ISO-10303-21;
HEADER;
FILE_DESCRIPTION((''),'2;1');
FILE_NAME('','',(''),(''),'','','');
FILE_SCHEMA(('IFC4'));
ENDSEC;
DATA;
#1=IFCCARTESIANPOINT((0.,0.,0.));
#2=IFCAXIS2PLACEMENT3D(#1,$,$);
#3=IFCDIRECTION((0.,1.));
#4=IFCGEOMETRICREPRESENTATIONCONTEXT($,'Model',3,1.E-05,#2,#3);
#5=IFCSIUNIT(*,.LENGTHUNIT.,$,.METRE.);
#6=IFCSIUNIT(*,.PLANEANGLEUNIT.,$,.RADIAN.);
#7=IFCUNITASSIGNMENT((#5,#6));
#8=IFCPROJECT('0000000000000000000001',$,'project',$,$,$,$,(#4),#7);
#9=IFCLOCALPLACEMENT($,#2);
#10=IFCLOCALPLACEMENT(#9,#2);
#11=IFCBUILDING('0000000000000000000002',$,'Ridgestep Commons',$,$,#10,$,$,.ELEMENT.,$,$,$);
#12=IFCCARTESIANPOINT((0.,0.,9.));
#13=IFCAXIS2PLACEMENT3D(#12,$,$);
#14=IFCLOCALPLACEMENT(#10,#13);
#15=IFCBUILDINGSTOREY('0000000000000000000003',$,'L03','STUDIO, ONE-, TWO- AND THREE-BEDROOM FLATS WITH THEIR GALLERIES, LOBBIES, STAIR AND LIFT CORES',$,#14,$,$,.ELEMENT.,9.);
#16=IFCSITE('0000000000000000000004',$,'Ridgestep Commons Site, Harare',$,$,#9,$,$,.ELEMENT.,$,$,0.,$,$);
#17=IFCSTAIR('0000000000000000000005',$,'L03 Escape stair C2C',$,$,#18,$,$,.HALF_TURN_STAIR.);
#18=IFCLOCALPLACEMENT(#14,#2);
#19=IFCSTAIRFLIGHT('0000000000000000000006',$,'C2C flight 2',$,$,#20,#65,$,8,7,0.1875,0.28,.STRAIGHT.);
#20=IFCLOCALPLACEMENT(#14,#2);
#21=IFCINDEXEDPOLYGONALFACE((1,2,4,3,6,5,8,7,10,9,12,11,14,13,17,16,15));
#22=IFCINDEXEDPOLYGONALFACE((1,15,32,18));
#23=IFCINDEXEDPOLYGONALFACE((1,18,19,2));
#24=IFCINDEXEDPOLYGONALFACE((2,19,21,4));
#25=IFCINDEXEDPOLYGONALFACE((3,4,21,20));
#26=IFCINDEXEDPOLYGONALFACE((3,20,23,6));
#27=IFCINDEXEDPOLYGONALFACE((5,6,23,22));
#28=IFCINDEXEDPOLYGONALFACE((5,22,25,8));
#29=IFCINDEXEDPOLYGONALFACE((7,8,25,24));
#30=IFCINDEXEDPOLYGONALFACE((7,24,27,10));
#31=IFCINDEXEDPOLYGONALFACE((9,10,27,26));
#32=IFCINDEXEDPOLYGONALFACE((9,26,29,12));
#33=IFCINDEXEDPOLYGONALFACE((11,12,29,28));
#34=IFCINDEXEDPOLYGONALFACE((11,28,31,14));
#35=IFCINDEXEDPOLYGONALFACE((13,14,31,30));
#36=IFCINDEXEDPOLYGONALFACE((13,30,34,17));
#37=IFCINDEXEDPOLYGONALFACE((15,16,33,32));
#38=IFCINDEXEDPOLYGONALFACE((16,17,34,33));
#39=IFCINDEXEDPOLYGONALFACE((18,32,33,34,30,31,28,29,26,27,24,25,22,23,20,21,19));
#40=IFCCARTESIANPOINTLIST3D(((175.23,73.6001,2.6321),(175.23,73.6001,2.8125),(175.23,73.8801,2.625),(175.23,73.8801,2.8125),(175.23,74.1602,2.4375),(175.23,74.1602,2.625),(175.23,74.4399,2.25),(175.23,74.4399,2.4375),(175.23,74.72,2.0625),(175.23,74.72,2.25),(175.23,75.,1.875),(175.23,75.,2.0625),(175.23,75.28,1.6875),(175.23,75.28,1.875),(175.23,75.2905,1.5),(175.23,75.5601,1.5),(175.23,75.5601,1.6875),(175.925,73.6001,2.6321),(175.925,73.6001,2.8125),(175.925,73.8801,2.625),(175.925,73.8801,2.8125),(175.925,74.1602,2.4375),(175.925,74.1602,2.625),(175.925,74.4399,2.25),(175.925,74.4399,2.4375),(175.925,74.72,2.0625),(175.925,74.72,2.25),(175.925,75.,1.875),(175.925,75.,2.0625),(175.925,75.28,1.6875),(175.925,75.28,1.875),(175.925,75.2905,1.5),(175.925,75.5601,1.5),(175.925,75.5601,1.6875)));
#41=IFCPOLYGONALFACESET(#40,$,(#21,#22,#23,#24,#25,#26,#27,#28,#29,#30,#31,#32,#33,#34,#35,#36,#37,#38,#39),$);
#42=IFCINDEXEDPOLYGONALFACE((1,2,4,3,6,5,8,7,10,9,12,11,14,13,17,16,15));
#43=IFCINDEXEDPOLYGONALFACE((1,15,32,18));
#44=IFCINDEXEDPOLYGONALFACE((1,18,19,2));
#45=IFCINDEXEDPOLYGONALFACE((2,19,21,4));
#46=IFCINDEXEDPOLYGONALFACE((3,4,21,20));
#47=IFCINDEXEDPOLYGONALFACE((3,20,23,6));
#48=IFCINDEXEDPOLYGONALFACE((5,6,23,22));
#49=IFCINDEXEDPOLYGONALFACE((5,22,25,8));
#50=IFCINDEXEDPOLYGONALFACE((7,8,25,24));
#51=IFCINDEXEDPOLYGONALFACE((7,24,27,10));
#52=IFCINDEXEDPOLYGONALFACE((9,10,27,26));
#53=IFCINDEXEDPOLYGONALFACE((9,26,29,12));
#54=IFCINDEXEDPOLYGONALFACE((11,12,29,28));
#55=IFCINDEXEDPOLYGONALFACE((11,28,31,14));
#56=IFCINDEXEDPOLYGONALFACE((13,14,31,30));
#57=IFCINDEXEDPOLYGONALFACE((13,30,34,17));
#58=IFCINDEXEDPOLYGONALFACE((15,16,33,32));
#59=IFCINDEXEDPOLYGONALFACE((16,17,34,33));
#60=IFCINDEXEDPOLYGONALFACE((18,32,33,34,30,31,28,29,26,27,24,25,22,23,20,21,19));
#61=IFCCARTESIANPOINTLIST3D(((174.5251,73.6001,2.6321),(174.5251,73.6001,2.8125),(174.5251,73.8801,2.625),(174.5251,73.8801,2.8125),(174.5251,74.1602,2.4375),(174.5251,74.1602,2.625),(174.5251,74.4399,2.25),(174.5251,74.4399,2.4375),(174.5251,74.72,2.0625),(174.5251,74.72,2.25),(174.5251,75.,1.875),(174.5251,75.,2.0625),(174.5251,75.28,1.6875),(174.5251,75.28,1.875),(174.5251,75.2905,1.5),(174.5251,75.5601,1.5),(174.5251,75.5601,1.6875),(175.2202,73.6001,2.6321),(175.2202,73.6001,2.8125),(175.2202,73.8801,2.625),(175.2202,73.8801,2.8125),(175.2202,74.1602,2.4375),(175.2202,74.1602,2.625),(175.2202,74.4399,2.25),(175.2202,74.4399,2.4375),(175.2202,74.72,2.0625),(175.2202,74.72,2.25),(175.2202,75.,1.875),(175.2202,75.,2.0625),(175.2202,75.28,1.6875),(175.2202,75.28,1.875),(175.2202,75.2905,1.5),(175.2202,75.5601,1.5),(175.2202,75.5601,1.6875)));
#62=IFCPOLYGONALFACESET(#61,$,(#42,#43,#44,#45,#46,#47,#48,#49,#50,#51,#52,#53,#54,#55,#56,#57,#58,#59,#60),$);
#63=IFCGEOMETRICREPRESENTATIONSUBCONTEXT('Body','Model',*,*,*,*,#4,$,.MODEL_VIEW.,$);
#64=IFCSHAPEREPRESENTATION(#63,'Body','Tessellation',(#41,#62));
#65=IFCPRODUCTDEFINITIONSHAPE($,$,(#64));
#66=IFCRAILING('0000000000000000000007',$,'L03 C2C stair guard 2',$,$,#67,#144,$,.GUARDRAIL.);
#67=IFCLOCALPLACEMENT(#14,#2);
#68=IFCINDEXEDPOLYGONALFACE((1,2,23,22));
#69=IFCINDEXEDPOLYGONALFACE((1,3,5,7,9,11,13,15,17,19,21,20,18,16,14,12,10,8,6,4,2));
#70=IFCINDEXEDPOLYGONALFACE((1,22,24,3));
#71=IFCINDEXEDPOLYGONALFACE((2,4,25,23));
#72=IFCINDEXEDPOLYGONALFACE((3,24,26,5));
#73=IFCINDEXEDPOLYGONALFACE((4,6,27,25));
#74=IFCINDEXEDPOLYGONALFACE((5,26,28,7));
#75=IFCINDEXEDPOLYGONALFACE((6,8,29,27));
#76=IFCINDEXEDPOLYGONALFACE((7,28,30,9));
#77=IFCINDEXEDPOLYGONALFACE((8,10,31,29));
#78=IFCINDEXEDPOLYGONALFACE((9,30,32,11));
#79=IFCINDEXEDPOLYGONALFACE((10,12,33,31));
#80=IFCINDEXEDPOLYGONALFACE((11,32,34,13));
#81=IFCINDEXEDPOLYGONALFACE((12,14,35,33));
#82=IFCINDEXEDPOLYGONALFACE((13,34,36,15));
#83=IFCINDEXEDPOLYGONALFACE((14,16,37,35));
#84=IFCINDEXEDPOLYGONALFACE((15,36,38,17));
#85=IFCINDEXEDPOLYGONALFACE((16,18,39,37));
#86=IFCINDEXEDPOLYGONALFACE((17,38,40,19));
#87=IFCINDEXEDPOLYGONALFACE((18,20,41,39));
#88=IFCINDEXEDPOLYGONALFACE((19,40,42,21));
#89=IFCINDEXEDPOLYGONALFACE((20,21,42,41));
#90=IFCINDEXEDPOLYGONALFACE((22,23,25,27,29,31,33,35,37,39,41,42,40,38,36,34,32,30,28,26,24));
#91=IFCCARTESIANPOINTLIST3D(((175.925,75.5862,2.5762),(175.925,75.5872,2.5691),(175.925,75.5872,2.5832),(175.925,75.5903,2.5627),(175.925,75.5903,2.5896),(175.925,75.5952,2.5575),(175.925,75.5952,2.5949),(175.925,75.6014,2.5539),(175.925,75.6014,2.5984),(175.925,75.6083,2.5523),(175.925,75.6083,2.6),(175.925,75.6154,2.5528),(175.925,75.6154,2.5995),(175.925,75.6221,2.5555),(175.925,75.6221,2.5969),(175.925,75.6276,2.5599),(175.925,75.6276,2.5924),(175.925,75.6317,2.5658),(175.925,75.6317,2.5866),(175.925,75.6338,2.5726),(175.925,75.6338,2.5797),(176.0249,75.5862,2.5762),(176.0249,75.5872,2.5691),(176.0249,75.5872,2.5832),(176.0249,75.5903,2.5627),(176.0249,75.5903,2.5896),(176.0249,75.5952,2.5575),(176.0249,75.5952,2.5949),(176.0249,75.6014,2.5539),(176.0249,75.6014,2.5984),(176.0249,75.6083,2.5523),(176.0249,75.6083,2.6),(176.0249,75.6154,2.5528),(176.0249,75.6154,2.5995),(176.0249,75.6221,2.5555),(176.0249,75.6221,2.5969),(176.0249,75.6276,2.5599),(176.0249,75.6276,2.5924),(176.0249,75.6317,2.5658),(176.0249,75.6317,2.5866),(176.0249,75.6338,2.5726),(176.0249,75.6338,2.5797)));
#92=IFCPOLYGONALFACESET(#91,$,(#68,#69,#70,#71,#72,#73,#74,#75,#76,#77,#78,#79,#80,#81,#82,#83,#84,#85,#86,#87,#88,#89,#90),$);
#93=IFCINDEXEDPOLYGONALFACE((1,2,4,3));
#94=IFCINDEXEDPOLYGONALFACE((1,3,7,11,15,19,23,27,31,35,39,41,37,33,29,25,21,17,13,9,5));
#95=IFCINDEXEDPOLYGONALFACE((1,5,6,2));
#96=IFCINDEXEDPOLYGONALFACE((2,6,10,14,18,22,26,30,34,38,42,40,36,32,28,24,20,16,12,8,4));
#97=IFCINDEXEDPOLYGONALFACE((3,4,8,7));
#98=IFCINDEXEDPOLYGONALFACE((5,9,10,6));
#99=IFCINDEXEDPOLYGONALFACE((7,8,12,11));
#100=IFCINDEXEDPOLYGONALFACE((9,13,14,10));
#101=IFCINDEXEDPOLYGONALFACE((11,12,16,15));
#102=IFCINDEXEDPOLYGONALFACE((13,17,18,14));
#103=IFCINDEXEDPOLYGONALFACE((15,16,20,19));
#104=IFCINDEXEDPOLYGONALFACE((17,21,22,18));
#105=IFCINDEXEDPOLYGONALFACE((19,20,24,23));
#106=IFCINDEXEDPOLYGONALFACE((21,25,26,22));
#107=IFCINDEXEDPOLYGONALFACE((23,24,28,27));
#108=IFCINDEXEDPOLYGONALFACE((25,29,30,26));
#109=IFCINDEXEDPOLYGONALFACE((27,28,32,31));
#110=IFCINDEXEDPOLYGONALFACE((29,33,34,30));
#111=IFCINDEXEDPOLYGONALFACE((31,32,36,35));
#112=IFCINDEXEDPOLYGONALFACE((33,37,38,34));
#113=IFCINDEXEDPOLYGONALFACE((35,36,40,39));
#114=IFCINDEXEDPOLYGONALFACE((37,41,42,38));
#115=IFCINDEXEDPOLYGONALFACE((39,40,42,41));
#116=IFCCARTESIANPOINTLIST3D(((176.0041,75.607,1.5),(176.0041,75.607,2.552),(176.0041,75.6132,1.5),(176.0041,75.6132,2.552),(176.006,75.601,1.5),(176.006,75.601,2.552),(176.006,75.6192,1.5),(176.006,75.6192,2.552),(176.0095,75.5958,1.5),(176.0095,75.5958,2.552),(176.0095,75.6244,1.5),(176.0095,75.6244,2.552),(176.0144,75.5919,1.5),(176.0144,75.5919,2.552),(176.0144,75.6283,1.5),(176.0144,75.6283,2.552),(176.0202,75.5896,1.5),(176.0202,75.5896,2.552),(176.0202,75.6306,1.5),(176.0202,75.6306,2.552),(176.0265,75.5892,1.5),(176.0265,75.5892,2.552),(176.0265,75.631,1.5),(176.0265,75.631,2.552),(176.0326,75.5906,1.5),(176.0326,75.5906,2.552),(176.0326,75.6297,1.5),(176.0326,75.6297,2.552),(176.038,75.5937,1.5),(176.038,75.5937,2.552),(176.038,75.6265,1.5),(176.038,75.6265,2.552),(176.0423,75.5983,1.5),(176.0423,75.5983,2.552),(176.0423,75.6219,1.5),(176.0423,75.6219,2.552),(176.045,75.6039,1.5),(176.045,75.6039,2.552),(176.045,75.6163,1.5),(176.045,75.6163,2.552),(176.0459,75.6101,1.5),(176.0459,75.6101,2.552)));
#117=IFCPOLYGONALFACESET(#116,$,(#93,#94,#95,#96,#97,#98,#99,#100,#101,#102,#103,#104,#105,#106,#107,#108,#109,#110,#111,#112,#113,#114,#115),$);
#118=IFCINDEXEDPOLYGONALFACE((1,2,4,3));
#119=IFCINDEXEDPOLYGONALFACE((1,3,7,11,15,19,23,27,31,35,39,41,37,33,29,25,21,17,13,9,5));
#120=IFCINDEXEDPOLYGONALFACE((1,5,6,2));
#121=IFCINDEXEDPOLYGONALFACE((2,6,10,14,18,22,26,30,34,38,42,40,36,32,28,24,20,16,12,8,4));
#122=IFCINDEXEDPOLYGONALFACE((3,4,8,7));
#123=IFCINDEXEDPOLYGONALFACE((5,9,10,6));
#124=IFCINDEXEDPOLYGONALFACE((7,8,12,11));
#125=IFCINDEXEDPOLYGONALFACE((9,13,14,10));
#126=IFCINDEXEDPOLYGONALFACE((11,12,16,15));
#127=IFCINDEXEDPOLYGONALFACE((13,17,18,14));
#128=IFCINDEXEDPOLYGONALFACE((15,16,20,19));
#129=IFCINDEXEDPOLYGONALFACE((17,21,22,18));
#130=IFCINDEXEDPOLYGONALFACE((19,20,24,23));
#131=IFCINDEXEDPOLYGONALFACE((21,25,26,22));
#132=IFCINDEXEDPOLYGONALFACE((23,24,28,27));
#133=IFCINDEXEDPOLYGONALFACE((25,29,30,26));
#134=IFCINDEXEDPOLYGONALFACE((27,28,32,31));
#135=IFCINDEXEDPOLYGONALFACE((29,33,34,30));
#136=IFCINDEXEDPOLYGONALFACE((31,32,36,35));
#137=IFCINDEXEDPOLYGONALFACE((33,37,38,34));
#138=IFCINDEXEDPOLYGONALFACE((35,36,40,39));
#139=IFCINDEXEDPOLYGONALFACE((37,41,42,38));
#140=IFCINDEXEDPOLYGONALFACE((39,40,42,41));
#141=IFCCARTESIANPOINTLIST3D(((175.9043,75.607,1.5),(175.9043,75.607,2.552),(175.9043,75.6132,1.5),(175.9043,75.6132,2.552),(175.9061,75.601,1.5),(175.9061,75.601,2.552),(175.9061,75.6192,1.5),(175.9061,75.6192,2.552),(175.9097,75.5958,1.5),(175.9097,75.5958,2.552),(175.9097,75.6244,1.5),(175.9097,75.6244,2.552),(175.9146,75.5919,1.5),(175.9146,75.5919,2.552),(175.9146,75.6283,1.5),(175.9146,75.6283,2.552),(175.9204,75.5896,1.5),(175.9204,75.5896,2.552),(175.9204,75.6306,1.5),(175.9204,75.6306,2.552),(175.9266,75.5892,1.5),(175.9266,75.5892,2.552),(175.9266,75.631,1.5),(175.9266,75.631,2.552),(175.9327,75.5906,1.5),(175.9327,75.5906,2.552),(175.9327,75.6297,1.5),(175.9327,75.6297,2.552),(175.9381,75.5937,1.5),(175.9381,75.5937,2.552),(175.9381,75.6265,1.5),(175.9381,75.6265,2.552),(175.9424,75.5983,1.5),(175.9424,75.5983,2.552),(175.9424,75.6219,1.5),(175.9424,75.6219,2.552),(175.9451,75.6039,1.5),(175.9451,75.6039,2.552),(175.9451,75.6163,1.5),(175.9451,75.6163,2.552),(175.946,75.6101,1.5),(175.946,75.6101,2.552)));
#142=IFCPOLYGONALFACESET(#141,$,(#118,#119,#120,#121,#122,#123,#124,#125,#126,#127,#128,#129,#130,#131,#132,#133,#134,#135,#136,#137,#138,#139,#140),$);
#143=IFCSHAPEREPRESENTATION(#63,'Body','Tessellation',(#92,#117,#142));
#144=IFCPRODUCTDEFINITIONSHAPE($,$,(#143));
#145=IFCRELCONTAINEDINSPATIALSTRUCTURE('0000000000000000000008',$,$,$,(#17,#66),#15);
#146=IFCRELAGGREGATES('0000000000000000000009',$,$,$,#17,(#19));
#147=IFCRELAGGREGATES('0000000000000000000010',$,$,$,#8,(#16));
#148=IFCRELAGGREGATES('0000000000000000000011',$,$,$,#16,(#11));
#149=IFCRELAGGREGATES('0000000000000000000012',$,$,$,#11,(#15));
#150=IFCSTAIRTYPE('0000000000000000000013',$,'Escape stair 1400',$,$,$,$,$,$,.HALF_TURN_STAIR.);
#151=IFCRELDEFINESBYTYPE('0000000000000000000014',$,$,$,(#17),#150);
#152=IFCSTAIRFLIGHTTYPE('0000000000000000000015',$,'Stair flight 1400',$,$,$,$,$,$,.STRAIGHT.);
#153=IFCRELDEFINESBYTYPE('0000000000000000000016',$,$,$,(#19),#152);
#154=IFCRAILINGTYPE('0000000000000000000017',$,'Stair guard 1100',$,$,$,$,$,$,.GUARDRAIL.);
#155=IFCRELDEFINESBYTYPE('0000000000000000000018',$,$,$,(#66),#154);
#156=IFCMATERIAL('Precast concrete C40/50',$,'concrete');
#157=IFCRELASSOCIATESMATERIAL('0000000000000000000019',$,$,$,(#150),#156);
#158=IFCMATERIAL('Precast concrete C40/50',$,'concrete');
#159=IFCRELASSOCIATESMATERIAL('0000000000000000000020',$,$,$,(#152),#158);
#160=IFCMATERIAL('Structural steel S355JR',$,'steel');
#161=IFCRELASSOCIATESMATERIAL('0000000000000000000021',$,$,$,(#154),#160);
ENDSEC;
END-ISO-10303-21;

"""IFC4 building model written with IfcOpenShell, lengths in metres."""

from ifc_helpers import new_model, si_unit, direction, frame, origin, origin_2d, place, context, subcontext, project, spatial, polyline, circle, outline, extrude, material, type_object, element, aggregate, save


model = new_model("IFC4")

# Units and contexts
model_context = context("Model", 3, precision=1e-05, world=origin(), true_north=direction((0.0, 1.0)))
body_context = subcontext(model_context, "Body", "Model", "MODEL_VIEW")
ifc_project = project(units=[si_unit("LENGTHUNIT", "METRE"), si_unit("PLANEANGLEUNIT", "RADIAN")], contexts=[model_context])

# Site, building, storey
site_placement = place(None, origin())
site = spatial("IfcSite", under=ifc_project, at=site_placement, Name="Ridgestep Commons Site, Harare", CompositionType="ELEMENT", RefElevation=0.0)
building_placement = place(site_placement, origin())
building = spatial("IfcBuilding", under=site, at=building_placement, Name="Ridgestep Commons", CompositionType="ELEMENT")
storey_placement = place(building_placement, frame((0.0, 0.0, 9.0)))
storey = spatial("IfcBuildingStorey", under=building, at=storey_placement, Name="L03", Description="STUDIO, ONE-, TWO- AND THREE-BEDROOM FLATS WITH THEIR GALLERIES, LOBBIES, STAIR AND LIFT CORES", CompositionType="ELEMENT", Elevation=9.0)

# Stair, stair flight
ifc_material_1 = material(Name="Precast concrete C40/50", Category="concrete")
stair_type = type_object("IfcStairType", Name="Escape stair 1400", PredefinedType="HALF_TURN_STAIR", material=ifc_material_1)
stair_placement = place(storey_placement, origin())
stair = element("IfcStair", 1, at=stair_placement, inside=storey, type_object=stair_type, Name="L03 Escape stair C2C", PredefinedType="HALF_TURN_STAIR")
ifc_material_2 = material(Name="Precast concrete C40/50", Category="concrete")
stair_flight_type = type_object("IfcStairFlightType", Name="Stair flight 1400", PredefinedType="STRAIGHT", material=ifc_material_2)
stair_flight_placement = place(storey_placement, frame((175.2251, 75.5601, 1.5), z_axis=(0.0, 0.0, 1.0), x_axis=(0.0, -1.0, 0.0)))
stair_flight = element("IfcStairFlight", 2, at=stair_flight_placement, type_object=stair_flight_type, Name="C2C flight 2", NumberOfRisers=8, NumberOfTreads=7, PredefinedType="STRAIGHT", RiserHeight=0.1875, TreadLength=0.28, context=body_context, shape_type="SweptSolid", body=[
    extrude(outline(polyline([(0.0, 0.0), (0.0, 0.1875), (0.28, 0.1875), (0.28, 0.375), (0.5601, 0.375), (0.5601, 0.5625), (0.8401, 0.5625), (0.8401, 0.75), (1.1201, 0.75), (1.1201, 0.9375), (1.3999, 0.9375), (1.3999, 1.125), (1.6799, 1.125), (1.6799, 1.3125), (1.96, 1.3125), (1.96, 1.5), (1.96, 1.1321), (0.2695, 0.0), (0.0, 0.0)])), frame((0.0, 0.7, 0.0), z_axis=(0.0, -1.0, 0.0), x_axis=(1.0, 0.0, 0.0)), (0.0, 0.0, 1.0), 0.6951),
    extrude(outline(polyline([(0.0, 0.0), (0.0, 0.1875), (0.28, 0.1875), (0.28, 0.375), (0.5601, 0.375), (0.5601, 0.5625), (0.8401, 0.5625), (0.8401, 0.75), (1.1201, 0.75), (1.1201, 0.9375), (1.3999, 0.9375), (1.3999, 1.125), (1.6799, 1.125), (1.6799, 1.3125), (1.96, 1.3125), (1.96, 1.5), (1.96, 1.1321), (0.2695, 0.0), (0.0, 0.0)])), frame((0.0, -0.0049, 0.0), z_axis=(0.0, -1.0, 0.0), x_axis=(1.0, 0.0, 0.0)), (0.0, 0.0, 1.0), 0.6951),
])
aggregate(stair, [stair_flight])

# Railing
ifc_material_3 = material(Name="Structural steel S355JR", Category="steel")
railing_type = type_object("IfcRailingType", Name="Stair guard 1100", PredefinedType="GUARDRAIL", material=ifc_material_3)
railing_1_placement = place(storey_placement, frame((176.0249, 75.6101, 1.5)))
element("IfcRailing", 3, at=railing_1_placement, inside=storey, type_object=railing_type, Name="L03 C2C stair guard 2", PredefinedType="GUARDRAIL", context=body_context, shape_type="SweptSolid", body=[
    extrude(circle(Radius=0.0239, at=origin_2d()), frame((0.0, 0.0, 1.0762), z_axis=(-1.0, 0.0, 0.0), x_axis=(0.0, -1.0, 0.0)), (0.0, 0.0, 1.0), 0.0999),
    extrude(circle(Radius=0.021, at=origin_2d()), origin(), (0.0, 0.0, 1.0), 1.052),
    extrude(circle(Radius=0.021, at=origin_2d()), frame((-0.0999, 0.0, 0.0)), (0.0, 0.0, 1.0), 1.052),
])

save(model, "model.ifc")
